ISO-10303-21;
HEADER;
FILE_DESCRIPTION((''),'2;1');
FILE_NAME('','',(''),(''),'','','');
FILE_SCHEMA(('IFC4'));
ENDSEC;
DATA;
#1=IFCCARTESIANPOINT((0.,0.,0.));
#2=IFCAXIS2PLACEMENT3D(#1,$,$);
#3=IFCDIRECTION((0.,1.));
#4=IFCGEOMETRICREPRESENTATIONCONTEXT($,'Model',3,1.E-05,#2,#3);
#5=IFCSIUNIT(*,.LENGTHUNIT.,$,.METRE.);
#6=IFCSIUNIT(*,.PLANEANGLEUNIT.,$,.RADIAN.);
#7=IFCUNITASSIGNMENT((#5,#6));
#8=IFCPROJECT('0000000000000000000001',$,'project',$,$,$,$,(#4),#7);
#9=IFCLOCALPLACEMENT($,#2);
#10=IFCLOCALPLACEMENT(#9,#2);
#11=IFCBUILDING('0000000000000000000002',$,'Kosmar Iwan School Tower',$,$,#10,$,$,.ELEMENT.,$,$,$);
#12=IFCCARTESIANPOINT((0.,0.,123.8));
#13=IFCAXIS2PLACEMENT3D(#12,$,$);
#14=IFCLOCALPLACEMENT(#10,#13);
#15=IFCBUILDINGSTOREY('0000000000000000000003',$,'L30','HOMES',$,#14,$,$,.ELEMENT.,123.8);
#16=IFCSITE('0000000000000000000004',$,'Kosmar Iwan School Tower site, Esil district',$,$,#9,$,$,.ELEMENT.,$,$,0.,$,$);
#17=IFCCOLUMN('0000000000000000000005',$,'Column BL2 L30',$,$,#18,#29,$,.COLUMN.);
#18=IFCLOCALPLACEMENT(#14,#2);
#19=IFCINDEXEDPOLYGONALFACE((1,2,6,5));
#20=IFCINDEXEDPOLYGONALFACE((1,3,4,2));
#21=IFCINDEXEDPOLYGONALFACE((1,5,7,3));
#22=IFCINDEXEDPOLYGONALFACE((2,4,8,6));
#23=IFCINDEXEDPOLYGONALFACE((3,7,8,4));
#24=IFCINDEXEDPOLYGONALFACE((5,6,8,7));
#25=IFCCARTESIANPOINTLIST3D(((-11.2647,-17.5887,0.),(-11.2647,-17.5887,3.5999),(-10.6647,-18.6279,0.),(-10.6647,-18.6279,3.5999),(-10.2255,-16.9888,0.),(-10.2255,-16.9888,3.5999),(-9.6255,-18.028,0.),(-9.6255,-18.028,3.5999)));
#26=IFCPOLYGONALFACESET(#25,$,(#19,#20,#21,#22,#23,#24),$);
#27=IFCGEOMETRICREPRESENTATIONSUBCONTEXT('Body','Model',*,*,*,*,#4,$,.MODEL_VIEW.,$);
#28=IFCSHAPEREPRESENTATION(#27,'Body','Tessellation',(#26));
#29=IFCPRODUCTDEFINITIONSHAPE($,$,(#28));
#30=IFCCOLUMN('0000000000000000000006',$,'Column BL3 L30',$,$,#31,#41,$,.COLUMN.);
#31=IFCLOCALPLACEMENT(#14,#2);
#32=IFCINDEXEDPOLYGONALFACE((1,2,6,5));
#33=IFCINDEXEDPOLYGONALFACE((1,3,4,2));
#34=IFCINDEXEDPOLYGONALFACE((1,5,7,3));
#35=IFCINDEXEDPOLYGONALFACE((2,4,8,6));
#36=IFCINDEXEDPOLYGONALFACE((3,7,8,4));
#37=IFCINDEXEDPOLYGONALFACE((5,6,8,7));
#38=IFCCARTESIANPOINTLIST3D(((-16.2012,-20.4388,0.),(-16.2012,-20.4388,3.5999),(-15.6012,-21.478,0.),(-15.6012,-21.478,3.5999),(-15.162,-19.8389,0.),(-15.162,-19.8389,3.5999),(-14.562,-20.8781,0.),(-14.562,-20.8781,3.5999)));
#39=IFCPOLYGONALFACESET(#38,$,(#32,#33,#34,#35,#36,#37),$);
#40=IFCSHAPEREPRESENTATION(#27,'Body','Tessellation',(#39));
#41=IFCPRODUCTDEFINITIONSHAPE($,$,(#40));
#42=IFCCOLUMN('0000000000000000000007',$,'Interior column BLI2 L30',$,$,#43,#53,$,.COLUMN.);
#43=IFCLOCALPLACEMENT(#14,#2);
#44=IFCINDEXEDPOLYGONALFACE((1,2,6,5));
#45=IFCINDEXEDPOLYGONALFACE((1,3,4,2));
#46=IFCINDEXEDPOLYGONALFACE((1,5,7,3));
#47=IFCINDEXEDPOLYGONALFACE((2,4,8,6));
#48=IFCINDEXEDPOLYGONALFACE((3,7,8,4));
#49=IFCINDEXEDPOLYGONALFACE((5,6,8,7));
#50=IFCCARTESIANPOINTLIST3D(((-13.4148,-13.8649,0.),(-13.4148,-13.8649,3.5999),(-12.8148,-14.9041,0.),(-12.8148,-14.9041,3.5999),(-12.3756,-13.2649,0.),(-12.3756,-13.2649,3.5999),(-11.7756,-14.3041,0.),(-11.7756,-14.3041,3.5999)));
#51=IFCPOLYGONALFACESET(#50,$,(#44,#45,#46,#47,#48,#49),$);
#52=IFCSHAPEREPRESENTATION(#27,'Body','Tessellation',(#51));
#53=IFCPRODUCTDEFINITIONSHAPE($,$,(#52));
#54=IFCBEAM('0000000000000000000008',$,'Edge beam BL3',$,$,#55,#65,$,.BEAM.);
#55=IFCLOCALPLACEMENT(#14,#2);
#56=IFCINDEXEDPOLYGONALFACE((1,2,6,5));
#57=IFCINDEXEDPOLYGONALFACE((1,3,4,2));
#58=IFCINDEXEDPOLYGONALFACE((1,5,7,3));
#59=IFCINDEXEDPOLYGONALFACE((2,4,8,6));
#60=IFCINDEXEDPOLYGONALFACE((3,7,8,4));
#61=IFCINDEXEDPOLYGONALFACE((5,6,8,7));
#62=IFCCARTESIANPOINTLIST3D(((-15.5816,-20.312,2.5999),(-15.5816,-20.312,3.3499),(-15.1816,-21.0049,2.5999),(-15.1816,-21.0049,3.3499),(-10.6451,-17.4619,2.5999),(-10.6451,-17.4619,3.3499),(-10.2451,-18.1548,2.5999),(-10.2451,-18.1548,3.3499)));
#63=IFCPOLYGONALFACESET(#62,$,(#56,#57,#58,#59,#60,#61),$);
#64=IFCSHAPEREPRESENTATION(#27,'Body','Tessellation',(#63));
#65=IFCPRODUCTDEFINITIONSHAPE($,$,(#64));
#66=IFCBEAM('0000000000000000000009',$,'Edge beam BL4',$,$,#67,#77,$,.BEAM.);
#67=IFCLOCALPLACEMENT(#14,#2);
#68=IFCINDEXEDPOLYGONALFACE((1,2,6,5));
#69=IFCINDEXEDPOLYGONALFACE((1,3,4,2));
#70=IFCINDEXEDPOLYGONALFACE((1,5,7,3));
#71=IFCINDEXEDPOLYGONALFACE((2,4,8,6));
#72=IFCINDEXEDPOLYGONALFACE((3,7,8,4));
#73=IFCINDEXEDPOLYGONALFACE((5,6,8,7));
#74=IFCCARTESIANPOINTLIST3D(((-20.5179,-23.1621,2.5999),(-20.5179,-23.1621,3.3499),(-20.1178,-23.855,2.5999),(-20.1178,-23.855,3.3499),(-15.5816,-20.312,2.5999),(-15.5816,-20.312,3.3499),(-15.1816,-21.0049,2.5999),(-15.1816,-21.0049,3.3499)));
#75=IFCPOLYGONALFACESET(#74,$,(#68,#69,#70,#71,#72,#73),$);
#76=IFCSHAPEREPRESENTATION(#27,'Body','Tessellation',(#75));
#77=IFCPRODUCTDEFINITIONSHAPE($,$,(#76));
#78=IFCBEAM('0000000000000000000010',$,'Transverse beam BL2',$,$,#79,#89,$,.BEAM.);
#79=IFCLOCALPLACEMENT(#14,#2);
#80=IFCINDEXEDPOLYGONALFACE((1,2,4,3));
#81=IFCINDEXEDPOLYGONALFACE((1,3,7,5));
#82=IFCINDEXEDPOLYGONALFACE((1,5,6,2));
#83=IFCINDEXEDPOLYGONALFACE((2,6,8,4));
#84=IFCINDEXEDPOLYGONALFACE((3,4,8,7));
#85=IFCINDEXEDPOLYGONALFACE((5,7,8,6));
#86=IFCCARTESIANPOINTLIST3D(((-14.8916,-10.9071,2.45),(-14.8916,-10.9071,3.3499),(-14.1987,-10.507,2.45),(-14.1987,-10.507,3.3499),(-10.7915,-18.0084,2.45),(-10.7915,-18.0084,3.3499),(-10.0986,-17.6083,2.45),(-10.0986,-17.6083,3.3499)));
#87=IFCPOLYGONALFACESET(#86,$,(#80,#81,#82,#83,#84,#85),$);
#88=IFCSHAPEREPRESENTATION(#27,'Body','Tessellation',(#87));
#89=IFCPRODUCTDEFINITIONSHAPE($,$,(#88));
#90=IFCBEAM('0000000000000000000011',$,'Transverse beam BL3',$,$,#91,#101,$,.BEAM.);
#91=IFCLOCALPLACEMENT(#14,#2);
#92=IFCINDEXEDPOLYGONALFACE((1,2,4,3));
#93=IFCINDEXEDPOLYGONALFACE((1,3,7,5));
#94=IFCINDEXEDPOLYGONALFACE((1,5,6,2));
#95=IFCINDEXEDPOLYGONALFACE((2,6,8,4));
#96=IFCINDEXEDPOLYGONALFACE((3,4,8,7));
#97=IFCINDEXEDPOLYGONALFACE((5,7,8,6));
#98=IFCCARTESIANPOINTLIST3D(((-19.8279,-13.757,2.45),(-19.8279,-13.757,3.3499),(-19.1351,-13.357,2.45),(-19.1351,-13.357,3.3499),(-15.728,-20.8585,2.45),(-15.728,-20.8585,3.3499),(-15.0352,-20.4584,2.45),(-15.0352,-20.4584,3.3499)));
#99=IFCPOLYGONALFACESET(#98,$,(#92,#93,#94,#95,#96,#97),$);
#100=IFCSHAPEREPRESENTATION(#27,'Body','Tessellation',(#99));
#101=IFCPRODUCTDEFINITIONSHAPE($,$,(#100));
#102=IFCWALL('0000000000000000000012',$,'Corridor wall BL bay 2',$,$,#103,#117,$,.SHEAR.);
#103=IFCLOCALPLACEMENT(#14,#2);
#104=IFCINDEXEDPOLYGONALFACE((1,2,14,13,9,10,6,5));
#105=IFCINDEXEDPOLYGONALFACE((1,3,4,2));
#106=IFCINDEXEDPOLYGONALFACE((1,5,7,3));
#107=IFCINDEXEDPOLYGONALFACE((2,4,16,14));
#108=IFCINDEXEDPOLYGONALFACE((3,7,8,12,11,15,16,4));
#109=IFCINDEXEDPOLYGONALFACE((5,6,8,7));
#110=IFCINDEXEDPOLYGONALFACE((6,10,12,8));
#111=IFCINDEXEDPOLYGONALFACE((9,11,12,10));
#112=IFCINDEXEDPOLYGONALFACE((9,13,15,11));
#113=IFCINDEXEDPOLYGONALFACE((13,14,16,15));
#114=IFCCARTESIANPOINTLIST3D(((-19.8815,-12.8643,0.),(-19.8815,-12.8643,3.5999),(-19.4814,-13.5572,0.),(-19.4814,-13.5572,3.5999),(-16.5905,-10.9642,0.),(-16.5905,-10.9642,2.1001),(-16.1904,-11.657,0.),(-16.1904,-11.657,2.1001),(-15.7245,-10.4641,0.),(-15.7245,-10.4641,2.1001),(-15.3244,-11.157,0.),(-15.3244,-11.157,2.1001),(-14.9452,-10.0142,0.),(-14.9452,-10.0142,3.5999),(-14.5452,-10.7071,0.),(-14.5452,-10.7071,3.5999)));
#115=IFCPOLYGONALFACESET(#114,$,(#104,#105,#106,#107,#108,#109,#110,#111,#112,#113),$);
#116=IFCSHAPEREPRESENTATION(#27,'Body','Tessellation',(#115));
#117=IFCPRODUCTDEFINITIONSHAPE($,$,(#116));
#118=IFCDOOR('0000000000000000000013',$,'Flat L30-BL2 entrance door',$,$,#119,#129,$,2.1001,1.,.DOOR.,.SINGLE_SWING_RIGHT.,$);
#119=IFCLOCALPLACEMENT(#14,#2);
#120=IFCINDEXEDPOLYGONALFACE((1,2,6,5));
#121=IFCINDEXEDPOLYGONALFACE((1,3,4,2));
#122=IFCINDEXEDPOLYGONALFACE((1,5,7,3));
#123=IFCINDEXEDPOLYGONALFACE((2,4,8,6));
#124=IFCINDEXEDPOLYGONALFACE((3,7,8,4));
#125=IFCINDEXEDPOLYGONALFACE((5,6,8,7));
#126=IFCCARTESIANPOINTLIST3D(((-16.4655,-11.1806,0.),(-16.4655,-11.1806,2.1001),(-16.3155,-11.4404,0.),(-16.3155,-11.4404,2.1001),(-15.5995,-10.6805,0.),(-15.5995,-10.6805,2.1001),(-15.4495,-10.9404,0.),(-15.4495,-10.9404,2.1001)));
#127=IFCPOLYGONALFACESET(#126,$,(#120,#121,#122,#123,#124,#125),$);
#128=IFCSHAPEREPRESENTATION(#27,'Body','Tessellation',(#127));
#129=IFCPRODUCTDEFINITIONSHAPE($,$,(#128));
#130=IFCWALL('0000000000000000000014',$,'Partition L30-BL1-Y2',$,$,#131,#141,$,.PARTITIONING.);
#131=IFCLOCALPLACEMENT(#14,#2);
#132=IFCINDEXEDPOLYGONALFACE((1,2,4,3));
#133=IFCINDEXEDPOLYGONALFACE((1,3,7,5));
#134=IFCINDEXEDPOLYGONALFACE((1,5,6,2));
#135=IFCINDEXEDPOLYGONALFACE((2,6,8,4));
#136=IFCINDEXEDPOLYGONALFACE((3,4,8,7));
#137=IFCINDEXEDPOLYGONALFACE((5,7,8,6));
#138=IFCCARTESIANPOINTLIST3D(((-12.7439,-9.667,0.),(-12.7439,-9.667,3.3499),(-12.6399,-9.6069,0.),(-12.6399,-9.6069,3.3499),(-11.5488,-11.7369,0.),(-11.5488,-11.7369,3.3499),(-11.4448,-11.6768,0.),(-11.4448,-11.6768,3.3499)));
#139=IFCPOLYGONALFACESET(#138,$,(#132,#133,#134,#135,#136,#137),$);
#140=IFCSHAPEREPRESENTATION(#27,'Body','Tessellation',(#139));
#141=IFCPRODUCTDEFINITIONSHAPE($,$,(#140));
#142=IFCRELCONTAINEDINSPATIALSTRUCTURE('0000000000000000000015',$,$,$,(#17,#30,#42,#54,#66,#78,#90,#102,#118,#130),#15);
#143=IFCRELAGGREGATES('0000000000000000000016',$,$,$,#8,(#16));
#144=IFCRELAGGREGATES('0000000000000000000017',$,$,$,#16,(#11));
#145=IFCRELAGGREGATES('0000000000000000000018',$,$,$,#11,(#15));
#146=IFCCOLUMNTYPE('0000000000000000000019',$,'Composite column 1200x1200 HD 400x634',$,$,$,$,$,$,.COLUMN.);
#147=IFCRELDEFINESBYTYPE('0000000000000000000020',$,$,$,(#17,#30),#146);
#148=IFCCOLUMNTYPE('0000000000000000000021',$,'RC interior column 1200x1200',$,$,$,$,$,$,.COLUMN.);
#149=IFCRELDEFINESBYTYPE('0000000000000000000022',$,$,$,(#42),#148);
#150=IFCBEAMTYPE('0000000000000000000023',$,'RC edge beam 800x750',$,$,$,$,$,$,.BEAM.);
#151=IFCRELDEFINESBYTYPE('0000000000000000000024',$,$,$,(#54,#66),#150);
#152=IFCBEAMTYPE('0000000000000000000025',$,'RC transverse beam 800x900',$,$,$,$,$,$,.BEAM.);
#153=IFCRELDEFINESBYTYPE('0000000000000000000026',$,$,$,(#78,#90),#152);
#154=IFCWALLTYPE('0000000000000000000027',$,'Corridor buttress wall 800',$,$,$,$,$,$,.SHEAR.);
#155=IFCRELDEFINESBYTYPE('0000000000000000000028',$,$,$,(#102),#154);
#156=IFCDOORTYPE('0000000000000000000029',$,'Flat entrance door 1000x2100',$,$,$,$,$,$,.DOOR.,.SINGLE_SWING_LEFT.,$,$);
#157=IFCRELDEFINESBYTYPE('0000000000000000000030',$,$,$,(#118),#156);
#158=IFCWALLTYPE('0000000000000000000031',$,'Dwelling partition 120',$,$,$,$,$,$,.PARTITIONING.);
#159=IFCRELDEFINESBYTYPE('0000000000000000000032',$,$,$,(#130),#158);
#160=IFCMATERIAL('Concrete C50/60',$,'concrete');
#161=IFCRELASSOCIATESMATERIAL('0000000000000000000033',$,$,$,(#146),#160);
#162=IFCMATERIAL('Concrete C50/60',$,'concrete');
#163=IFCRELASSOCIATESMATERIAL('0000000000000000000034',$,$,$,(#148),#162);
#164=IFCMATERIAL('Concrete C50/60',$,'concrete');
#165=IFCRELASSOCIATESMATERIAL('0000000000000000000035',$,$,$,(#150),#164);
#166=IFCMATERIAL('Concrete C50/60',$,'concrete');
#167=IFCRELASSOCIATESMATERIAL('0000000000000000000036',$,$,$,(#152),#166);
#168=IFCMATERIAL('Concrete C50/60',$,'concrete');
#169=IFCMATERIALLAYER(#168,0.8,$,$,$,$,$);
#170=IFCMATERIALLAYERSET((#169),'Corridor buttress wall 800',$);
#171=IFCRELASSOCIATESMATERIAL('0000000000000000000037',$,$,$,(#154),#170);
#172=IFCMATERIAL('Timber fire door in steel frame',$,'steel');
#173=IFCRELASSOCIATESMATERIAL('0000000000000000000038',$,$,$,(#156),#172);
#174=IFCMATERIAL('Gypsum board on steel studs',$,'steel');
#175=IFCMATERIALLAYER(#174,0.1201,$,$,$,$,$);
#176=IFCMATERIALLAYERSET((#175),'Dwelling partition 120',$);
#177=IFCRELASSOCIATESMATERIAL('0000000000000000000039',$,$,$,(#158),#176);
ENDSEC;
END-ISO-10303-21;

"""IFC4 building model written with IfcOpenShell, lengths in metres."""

from ifc_helpers import new_model, si_unit, direction, frame, frame_2d, origin, origin_2d, place, context, subcontext, project, spatial, rectangle, extrude, material, layer, layer_set, material_profile, profile_set, type_object, element, fill, save


model = new_model("IFC4")

# Units and contexts
model_context = context("Model", 3, precision=1e-05, world=origin(), true_north=direction((0.0, 1.0)))
body_context = subcontext(model_context, "Body", "Model", "MODEL_VIEW")
ifc_project = project(units=[si_unit("LENGTHUNIT", "METRE"), si_unit("PLANEANGLEUNIT", "RADIAN")], contexts=[model_context])

# Site, building, storey
site_placement = place(None, origin())
site = spatial("IfcSite", under=ifc_project, at=site_placement, Name="Kosmar Iwan School Tower site, Esil district", CompositionType="ELEMENT", RefElevation=0.0)
building_placement = place(site_placement, origin())
building = spatial("IfcBuilding", under=site, at=building_placement, Name="Kosmar Iwan School Tower", CompositionType="ELEMENT")
storey_placement = place(building_placement, frame((0.0, 0.0, 123.8)))
storey = spatial("IfcBuildingStorey", under=building, at=storey_placement, Name="L30", Description="HOMES", CompositionType="ELEMENT", Elevation=123.8)

# Columns
ifc_material_1 = material(Name="Concrete C50/60", Category="concrete")
ifc_material_profile_1 = material_profile(ifc_material_1, rectangle(XDim=1.2, YDim=1.2, at=origin_2d()), Name="RC 1200x1200 + HD 400x634")
ifc_profile_set_1 = profile_set([ifc_material_profile_1], Name="Concrete C50/60")
column_type_1 = type_object("IfcColumnType", Name="Composite column 1200x1200 HD 400x634", PredefinedType="COLUMN", material=ifc_profile_set_1)
for number, where, z_axis, x_axis, name in (
    (1, (-10.4451, -17.8083, 0.0), (0.0, 0.0, 1.0), (-0.866025, -0.5, 0.0), "Column BL2 L30"),
    (2, (-15.3816, -20.6584, 0.0), (0.0, 0.0, 1.0), (-0.866025, -0.5, 0.0), "Column BL3 L30"),
):
    element("IfcColumn", number, at=place(storey_placement, frame(where, z_axis=z_axis, x_axis=x_axis)), inside=storey, type_object=column_type_1, Name=name, PredefinedType="COLUMN", context=body_context, shape_type="SweptSolid", body=[
        extrude(rectangle(XDim=1.2, YDim=1.2, at=origin_2d()), origin(), (0.0, 0.0, 1.0), 3.5999),
    ])
ifc_material_2 = material(Name="Concrete C50/60", Category="concrete")
ifc_material_profile_2 = material_profile(ifc_material_2, rectangle(XDim=1.2, YDim=1.2, at=origin_2d()), Name="RC 1200x1200")
ifc_profile_set_2 = profile_set([ifc_material_profile_2], Name="Concrete C50/60")
column_type_2 = type_object("IfcColumnType", Name="RC interior column 1200x1200", PredefinedType="COLUMN", material=ifc_profile_set_2)
column_placement = place(storey_placement, frame((-12.5952, -14.0845, 0.0), z_axis=(0.0, 0.0, 1.0), x_axis=(-0.866025, -0.5, 0.0)))
element("IfcColumn", 3, at=column_placement, inside=storey, type_object=column_type_2, Name="Interior column BLI2 L30", PredefinedType="COLUMN", context=body_context, shape_type="SweptSolid", body=[
    extrude(rectangle(XDim=1.2, YDim=1.2, at=origin_2d()), origin(), (0.0, 0.0, 1.0), 3.5999),
])

# Beams
ifc_material_3 = material(Name="Concrete C50/60", Category="concrete")
ifc_material_profile_3 = material_profile(ifc_material_3, rectangle(XDim=0.8, YDim=0.75, at=origin_2d()), Name="RC 800x750")
ifc_profile_set_3 = profile_set([ifc_material_profile_3], Name="Concrete C50/60")
beam_type_1 = type_object("IfcBeamType", Name="RC edge beam 800x750", PredefinedType="BEAM", material=ifc_profile_set_3)
beam_1_placement = place(storey_placement, frame((-10.4451, -17.8083, 2.9749), z_axis=(-0.866026, -0.499999, 0.0), x_axis=(0.499999, -0.866026, 0.0)))
element("IfcBeam", 4, at=beam_1_placement, inside=storey, type_object=beam_type_1, Name="Edge beam BL3", PredefinedType="BEAM", context=body_context, shape_type="SweptSolid", body=[
    extrude(rectangle(XDim=0.8, YDim=0.75, at=origin_2d()), origin(), (0.0, 0.0, 1.0), 5.7002),
])
beam_2_placement = place(storey_placement, frame((-15.3816, -20.6584, 2.9749), z_axis=(-0.866015, -0.500018, 0.0), x_axis=(0.500018, -0.866015, 0.0)))
element("IfcBeam", 5, at=beam_2_placement, inside=storey, type_object=beam_type_1, Name="Edge beam BL4", PredefinedType="BEAM", context=body_context, shape_type="SweptSolid", body=[
    extrude(rectangle(XDim=0.8, YDim=0.75, at=origin_2d()), origin(), (0.0, 0.0, 1.0), 5.7),
])
ifc_material_4 = material(Name="Concrete C50/60", Category="concrete")
ifc_material_profile_4 = material_profile(ifc_material_4, rectangle(XDim=0.8, YDim=0.8999, at=origin_2d()), Name="RC 800x900")
ifc_profile_set_4 = profile_set([ifc_material_profile_4], Name="Concrete C50/60")
beam_type_2 = type_object("IfcBeamType", Name="RC transverse beam 800x900", PredefinedType="BEAM", material=ifc_profile_set_4)
for number, where, z_axis, x_axis, name in (
    (6, (-10.4451, -17.8083, 2.8999), (-0.500014, 0.866018, 0.0), (-0.866018, -0.500014, 0.0), "Transverse beam BL2"),
    (7, (-15.3816, -20.6584, 2.8999), (-0.499991, 0.86603, 0.0), (-0.86603, -0.499991, 0.0), "Transverse beam BL3"),
):
    element("IfcBeam", number, at=place(storey_placement, frame(where, z_axis=z_axis, x_axis=x_axis)), inside=storey, type_object=beam_type_2, Name=name, PredefinedType="BEAM", context=body_context, shape_type="SweptSolid", body=[
        extrude(rectangle(XDim=0.8, YDim=0.8999, at=origin_2d()), origin(), (0.0, 0.0, 1.0), 8.2),
    ])

# Wall, opening, door
ifc_material_5 = material(Name="Concrete C50/60", Category="concrete")
ifc_layer_1 = layer(ifc_material_5, 0.8)
ifc_layer_set_1 = layer_set([ifc_layer_1], Name="Corridor buttress wall 800")
wall_type_1 = type_object("IfcWallType", Name="Corridor buttress wall 800", PredefinedType="SHEAR", material=ifc_layer_set_1)
wall_1_placement = place(storey_placement, frame((-14.7451, -10.3606, 0.0), z_axis=(0.0, 0.0, 1.0), x_axis=(-0.866015, -0.500018, 0.0)))
wall_1 = element("IfcWall", 8, at=wall_1_placement, inside=storey, type_object=wall_type_1, Name="Corridor wall BL bay 2", PredefinedType="SHEAR", context=body_context, shape_type="SweptSolid", body=[
    extrude(rectangle(XDim=5.7, YDim=0.8, at=frame_2d((2.8501, 0.0))), origin(), (0.0, 0.0, 1.0), 3.5999),
])
opening_1_placement = place(wall_1_placement, frame((0.8999, 0.0, 0.0)))
opening_1 = element("IfcOpeningElement", 9, at=opening_1_placement, cuts=wall_1, PredefinedType="OPENING", context=body_context, shape_type="SweptSolid", body=[
    extrude(rectangle(XDim=1.0, YDim=2.1001, at=frame_2d((0.5, 1.05))), frame((0.0, 0.4121, 0.0), z_axis=(0.0, -1.0, 0.0), x_axis=(1.0, 0.0, 0.0)), (0.0, 0.0, 1.0), 0.824),
])
ifc_material_6 = material(Name="Timber fire door in steel frame", Category="steel")
door_type_1 = type_object("IfcDoorType", Name="Flat entrance door 1000x2100", OperationType="SINGLE_SWING_LEFT", PredefinedType="DOOR", material=ifc_material_6)
door_1_placement = place(opening_1_placement, origin())
door_1 = element("IfcDoor", 10, at=door_1_placement, inside=storey, type_object=door_type_1, Name="Flat L30-BL2 entrance door", OperationType="SINGLE_SWING_RIGHT", OverallHeight=2.1001, OverallWidth=1.0, PredefinedType="DOOR", context=body_context, shape_type="SweptSolid", body=[
    extrude(rectangle(XDim=1.0, YDim=2.1001, at=frame_2d((0.5, 1.05))), frame((0.0, 0.1499, 0.0), z_axis=(0.0, -1.0, 0.0), x_axis=(1.0, 0.0, 0.0)), (0.0, 0.0, 1.0), 0.3),
])
fill(opening_1, door_1)

# Wall
ifc_material_7 = material(Name="Gypsum board on steel studs", Category="steel")
ifc_layer_2 = layer(ifc_material_7, 0.1201)
ifc_layer_set_2 = layer_set([ifc_layer_2], Name="Dwelling partition 120")
wall_type_2 = type_object("IfcWallType", Name="Dwelling partition 120", PredefinedType="PARTITIONING", material=ifc_layer_set_2)
wall_2_placement = place(storey_placement, frame((-12.6919, -9.637, 0.0), z_axis=(0.0, 0.0, 1.0), x_axis=(0.500017, -0.866015, 0.0)))
element("IfcWall", 11, at=wall_2_placement, inside=storey, type_object=wall_type_2, Name="Partition L30-BL1-Y2", PredefinedType="PARTITIONING", context=body_context, shape_type="SweptSolid", body=[
    extrude(rectangle(XDim=2.3901, YDim=0.1201, at=frame_2d((1.1951, 0.0))), origin(), (0.0, 0.0, 1.0), 3.3499),
])

save(model, "model.ifc")
